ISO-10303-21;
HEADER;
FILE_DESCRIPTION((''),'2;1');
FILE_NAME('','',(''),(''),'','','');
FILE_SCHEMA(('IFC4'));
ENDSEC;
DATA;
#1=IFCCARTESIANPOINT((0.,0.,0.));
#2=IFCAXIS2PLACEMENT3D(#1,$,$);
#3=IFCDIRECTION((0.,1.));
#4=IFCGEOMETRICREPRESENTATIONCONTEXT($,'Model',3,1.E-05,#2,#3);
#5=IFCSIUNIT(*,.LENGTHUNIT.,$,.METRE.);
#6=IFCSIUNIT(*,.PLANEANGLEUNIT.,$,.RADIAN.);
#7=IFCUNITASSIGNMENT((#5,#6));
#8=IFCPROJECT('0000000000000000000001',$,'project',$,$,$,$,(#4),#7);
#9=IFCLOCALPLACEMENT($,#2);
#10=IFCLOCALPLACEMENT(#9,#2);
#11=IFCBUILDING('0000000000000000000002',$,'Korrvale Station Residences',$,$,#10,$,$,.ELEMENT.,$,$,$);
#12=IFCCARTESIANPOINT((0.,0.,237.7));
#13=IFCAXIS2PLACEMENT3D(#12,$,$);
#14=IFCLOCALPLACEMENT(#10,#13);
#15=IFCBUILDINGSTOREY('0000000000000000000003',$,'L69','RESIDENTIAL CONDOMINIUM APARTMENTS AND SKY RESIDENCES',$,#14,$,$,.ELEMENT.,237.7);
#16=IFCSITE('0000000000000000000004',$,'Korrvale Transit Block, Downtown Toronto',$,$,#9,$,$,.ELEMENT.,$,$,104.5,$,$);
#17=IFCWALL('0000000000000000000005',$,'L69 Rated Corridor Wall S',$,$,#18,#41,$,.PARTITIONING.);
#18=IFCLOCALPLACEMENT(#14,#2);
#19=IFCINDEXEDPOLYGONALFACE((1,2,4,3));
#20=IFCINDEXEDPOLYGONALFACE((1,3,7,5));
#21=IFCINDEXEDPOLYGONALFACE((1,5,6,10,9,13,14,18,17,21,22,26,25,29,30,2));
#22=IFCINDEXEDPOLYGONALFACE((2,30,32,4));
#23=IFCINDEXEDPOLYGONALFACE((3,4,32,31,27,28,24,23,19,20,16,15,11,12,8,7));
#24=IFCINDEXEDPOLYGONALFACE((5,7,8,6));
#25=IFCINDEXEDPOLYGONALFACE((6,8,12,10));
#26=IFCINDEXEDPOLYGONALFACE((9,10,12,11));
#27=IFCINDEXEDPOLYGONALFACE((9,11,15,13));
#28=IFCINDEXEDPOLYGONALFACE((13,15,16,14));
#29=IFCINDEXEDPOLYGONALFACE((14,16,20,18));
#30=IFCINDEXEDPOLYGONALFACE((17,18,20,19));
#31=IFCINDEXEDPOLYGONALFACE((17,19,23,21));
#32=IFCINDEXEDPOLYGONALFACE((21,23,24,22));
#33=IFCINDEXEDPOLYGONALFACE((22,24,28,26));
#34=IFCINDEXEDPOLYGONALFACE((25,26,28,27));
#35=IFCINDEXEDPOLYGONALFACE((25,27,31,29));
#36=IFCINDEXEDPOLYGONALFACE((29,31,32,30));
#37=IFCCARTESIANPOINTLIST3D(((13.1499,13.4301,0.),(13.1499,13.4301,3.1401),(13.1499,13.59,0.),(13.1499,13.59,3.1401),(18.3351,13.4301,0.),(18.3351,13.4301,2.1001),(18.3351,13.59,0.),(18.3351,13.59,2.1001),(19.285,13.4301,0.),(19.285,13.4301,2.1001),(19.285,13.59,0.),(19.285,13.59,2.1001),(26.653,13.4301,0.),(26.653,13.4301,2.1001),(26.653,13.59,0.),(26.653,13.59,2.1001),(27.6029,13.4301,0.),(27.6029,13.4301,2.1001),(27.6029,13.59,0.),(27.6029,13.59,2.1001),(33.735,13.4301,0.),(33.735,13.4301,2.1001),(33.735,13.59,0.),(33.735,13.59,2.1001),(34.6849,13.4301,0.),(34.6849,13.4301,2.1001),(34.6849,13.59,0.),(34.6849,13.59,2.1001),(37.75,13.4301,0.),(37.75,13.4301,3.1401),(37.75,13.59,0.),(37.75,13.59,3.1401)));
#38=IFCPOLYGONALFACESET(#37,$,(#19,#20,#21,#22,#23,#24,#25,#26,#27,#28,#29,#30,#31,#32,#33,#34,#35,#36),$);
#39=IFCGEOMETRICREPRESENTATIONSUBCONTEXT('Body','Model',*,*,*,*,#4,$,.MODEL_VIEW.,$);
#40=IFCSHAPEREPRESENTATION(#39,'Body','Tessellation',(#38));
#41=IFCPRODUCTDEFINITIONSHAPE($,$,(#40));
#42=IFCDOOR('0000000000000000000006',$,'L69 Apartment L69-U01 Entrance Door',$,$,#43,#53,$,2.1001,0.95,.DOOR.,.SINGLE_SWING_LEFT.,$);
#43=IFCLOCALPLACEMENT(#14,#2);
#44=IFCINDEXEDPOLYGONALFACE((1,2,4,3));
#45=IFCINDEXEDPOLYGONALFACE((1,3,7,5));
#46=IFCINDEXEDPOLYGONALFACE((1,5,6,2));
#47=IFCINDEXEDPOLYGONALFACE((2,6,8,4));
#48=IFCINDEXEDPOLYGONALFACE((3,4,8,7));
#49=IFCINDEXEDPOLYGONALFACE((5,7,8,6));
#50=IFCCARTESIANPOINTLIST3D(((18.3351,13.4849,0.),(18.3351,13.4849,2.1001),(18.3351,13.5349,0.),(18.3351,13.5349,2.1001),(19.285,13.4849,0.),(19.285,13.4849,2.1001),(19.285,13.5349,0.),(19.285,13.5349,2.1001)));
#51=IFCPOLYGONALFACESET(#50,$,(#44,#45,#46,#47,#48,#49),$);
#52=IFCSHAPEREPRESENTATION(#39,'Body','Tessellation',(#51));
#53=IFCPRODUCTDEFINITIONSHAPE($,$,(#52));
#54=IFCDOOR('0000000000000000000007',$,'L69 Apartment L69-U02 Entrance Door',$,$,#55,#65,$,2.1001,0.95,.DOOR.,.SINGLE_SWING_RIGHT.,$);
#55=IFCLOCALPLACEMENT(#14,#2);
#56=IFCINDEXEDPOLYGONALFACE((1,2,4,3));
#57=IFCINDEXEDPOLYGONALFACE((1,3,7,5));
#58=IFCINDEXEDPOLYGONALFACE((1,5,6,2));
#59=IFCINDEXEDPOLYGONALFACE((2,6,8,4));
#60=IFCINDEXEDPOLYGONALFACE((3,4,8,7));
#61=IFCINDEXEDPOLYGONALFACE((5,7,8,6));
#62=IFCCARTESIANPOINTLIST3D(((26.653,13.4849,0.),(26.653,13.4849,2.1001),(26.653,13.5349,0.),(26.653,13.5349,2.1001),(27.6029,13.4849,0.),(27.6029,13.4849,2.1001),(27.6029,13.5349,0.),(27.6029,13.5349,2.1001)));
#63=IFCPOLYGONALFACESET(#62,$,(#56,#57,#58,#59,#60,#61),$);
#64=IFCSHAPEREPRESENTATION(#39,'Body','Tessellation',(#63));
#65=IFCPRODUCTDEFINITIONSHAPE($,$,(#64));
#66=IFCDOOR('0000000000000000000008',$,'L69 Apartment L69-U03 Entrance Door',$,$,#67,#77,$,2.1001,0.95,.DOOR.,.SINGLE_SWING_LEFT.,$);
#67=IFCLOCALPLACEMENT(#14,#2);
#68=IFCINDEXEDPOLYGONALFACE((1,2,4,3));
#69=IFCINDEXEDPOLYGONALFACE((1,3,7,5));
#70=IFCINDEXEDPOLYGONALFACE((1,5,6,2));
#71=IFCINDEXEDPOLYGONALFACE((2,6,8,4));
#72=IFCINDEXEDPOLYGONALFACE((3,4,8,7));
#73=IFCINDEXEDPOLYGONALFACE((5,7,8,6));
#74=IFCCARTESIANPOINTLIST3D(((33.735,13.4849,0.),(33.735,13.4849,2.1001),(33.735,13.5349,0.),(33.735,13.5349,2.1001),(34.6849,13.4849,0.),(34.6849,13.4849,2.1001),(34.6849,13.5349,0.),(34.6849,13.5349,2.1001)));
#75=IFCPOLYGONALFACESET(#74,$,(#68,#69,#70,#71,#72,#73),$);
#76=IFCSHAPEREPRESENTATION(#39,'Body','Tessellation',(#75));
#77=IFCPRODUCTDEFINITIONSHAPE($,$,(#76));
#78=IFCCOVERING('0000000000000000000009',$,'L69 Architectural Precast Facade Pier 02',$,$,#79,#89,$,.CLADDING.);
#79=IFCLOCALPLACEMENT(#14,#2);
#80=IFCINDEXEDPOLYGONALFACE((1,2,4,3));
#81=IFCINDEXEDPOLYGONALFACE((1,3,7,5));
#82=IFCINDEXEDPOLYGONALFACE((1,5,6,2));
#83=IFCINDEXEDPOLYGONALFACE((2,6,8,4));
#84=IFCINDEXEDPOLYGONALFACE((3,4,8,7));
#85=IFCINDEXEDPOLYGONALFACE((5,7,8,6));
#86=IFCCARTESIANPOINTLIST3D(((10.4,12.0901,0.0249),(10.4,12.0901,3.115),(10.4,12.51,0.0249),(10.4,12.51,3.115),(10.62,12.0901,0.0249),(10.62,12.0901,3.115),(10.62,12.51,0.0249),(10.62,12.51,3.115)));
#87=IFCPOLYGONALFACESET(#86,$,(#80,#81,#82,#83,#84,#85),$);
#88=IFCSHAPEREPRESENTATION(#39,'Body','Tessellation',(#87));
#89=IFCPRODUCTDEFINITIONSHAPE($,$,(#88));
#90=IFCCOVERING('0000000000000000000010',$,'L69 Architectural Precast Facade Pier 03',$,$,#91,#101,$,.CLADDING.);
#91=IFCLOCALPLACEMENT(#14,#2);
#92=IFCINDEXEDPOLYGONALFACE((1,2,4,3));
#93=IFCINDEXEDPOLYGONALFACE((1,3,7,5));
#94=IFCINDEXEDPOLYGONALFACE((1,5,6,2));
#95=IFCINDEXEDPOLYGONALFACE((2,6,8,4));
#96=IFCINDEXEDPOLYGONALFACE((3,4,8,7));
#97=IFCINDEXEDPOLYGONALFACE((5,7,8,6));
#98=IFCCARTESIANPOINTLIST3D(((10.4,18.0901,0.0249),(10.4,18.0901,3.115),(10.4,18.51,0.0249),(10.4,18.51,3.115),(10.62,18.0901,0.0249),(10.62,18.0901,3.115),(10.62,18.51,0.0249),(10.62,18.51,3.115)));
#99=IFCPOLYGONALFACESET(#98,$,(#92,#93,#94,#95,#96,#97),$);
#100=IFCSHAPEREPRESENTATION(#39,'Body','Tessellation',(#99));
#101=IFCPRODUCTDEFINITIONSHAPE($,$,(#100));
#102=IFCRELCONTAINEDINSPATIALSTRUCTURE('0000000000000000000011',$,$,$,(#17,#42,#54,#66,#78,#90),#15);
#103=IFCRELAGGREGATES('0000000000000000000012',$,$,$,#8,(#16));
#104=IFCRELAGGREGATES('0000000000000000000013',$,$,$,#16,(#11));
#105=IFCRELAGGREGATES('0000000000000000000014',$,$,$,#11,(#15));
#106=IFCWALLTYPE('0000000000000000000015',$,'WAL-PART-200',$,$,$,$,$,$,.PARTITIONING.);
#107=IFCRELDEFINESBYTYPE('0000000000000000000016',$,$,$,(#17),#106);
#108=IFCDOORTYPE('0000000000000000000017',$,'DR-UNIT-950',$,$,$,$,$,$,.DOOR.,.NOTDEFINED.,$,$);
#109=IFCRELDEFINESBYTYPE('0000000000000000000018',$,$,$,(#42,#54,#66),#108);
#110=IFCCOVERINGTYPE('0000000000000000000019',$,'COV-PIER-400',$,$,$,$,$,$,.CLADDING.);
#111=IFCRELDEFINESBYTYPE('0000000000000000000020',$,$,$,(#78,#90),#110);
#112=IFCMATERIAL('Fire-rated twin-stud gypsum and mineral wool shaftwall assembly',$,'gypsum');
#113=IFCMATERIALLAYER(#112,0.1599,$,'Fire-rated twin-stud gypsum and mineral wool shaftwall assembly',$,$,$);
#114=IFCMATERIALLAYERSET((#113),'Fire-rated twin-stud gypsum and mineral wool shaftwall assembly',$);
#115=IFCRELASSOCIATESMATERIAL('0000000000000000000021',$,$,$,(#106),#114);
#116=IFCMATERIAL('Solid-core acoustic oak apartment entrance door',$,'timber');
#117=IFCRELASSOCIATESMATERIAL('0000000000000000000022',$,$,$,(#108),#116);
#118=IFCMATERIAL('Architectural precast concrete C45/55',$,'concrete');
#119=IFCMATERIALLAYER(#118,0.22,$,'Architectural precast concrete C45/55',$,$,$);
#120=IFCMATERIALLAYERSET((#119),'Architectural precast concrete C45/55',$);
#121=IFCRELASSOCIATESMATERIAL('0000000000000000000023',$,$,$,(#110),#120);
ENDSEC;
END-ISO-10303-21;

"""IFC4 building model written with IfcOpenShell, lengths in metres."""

from ifc_helpers import new_model, si_unit, direction, frame, frame_2d, origin, origin_2d, place, context, subcontext, project, spatial, rectangle, extrude, material, layer, layer_set, type_object, element, fill, save


model = new_model("IFC4")

# Units and contexts
model_context = context("Model", 3, precision=1e-05, world=origin(), true_north=direction((0.0, 1.0)))
body_context = subcontext(model_context, "Body", "Model", "MODEL_VIEW")
ifc_project = project(units=[si_unit("LENGTHUNIT", "METRE"), si_unit("PLANEANGLEUNIT", "RADIAN")], contexts=[model_context])

# Site, building, storey
site_placement = place(None, origin())
site = spatial("IfcSite", under=ifc_project, at=site_placement, Name="Korrvale Transit Block, Downtown Toronto", CompositionType="ELEMENT", RefElevation=104.5)
building_placement = place(site_placement, origin())
building = spatial("IfcBuilding", under=site, at=building_placement, Name="Korrvale Station Residences", CompositionType="ELEMENT")
storey_placement = place(building_placement, frame((0.0, 0.0, 237.7)))
storey = spatial("IfcBuildingStorey", under=building, at=storey_placement, Name="L69", Description="RESIDENTIAL CONDOMINIUM APARTMENTS AND SKY RESIDENCES", CompositionType="ELEMENT", Elevation=237.7)

# Shared definitions
ifc_material_1 = material(Name="Fire-rated twin-stud gypsum and mineral wool shaftwall assembly", Category="gypsum")
ifc_layer_1 = layer(ifc_material_1, 0.1599, Name="Fire-rated twin-stud gypsum and mineral wool shaftwall assembly")
ifc_layer_set_1 = layer_set([ifc_layer_1], Name="Fire-rated twin-stud gypsum and mineral wool shaftwall assembly")
wall_type_1 = type_object("IfcWallType", Name="WAL-PART-200", PredefinedType="PARTITIONING", material=ifc_layer_set_1)

# Shared definitions
ifc_material_2 = material(Name="Solid-core acoustic oak apartment entrance door", Category="timber")
door_type_1 = type_object("IfcDoorType", Name="DR-UNIT-950", OperationType="NOTDEFINED", PredefinedType="DOOR", material=ifc_material_2)

# Wall, openings, doors
wall_1_placement = place(storey_placement, frame((13.1499, 13.51, 0.0), z_axis=(0.0, 0.0, 1.0), x_axis=(1.0, 0.0, 0.0)))
wall_1 = element("IfcWall", 1, at=wall_1_placement, inside=storey, type_object=wall_type_1, Name="L69 Rated Corridor Wall S", PredefinedType="PARTITIONING", context=body_context, shape_type="SweptSolid", body=[
    extrude(rectangle(XDim=24.6001, YDim=0.1599, at=frame_2d((12.3, 0.0))), origin(), (0.0, 0.0, 1.0), 3.1401),
])
opening_1_placement = place(wall_1_placement, frame((5.1851, 0.0, 0.0)))
opening_1 = element("IfcOpeningElement", 2, at=opening_1_placement, cuts=wall_1, PredefinedType="OPENING", context=body_context, shape_type="SweptSolid", body=[
    extrude(rectangle(XDim=0.95, YDim=2.1001, at=frame_2d((0.4751, 1.05))), frame((0.0, 0.0898, 0.0), z_axis=(0.0, -1.0, 0.0), x_axis=(1.0, 0.0, 0.0)), (0.0, 0.0, 1.0), 0.1799),
])
opening_2_placement = place(wall_1_placement, frame((13.5029, 0.0, 0.0)))
opening_2 = element("IfcOpeningElement", 3, at=opening_2_placement, cuts=wall_1, PredefinedType="OPENING", context=body_context, shape_type="SweptSolid", body=[
    extrude(rectangle(XDim=0.95, YDim=2.1001, at=frame_2d((0.4751, 1.05))), frame((0.0, 0.0898, 0.0), z_axis=(0.0, -1.0, 0.0), x_axis=(1.0, 0.0, 0.0)), (0.0, 0.0, 1.0), 0.1799),
])
opening_3_placement = place(wall_1_placement, frame((20.585, 0.0, 0.0)))
opening_3 = element("IfcOpeningElement", 4, at=opening_3_placement, cuts=wall_1, PredefinedType="OPENING", context=body_context, shape_type="SweptSolid", body=[
    extrude(rectangle(XDim=0.95, YDim=2.1001, at=frame_2d((0.4751, 1.05))), frame((0.0, 0.0898, 0.0), z_axis=(0.0, -1.0, 0.0), x_axis=(1.0, 0.0, 0.0)), (0.0, 0.0, 1.0), 0.1799),
])
door_1_placement = place(opening_1_placement, origin())
door_1 = element("IfcDoor", 5, at=door_1_placement, inside=storey, type_object=door_type_1, Name="L69 Apartment L69-U01 Entrance Door", OperationType="SINGLE_SWING_LEFT", OverallHeight=2.1001, OverallWidth=0.95, PredefinedType="DOOR", context=body_context, shape_type="SweptSolid", body=[
    extrude(rectangle(XDim=0.95, YDim=2.1001, at=frame_2d((0.4751, 1.05))), frame((0.0, 0.0249, 0.0), z_axis=(0.0, -1.0, 0.0), x_axis=(1.0, 0.0, 0.0)), (0.0, 0.0, 1.0), 0.05),
])
fill(opening_1, door_1)
door_2_placement = place(opening_2_placement, origin())
door_2 = element("IfcDoor", 6, at=door_2_placement, inside=storey, type_object=door_type_1, Name="L69 Apartment L69-U02 Entrance Door", OperationType="SINGLE_SWING_RIGHT", OverallHeight=2.1001, OverallWidth=0.95, PredefinedType="DOOR", context=body_context, shape_type="SweptSolid", body=[
    extrude(rectangle(XDim=0.95, YDim=2.1001, at=frame_2d((0.4751, 1.05))), frame((0.0, 0.0249, 0.0), z_axis=(0.0, -1.0, 0.0), x_axis=(1.0, 0.0, 0.0)), (0.0, 0.0, 1.0), 0.05),
])
fill(opening_2, door_2)
door_3_placement = place(opening_3_placement, origin())
door_3 = element("IfcDoor", 7, at=door_3_placement, inside=storey, type_object=door_type_1, Name="L69 Apartment L69-U03 Entrance Door", OperationType="SINGLE_SWING_LEFT", OverallHeight=2.1001, OverallWidth=0.95, PredefinedType="DOOR", context=body_context, shape_type="SweptSolid", body=[
    extrude(rectangle(XDim=0.95, YDim=2.1001, at=frame_2d((0.4751, 1.05))), frame((0.0, 0.0249, 0.0), z_axis=(0.0, -1.0, 0.0), x_axis=(1.0, 0.0, 0.0)), (0.0, 0.0, 1.0), 0.05),
])
fill(opening_3, door_3)

# Coverings
ifc_material_3 = material(Name="Architectural precast concrete C45/55", Category="concrete")
ifc_layer_2 = layer(ifc_material_3, 0.22, Name="Architectural precast concrete C45/55")
ifc_layer_set_2 = layer_set([ifc_layer_2], Name="Architectural precast concrete C45/55")
covering_type = type_object("IfcCoveringType", Name="COV-PIER-400", PredefinedType="CLADDING", material=ifc_layer_set_2)
for number, where, z_axis, x_axis, name in (
    (8, (10.51, 12.3, 0.0249), (0.0, 0.0, 1.0), (0.0, 1.0, 0.0), "L69 Architectural Precast Facade Pier 02"),
    (9, (10.51, 18.3, 0.0249), (0.0, 0.0, 1.0), (0.0, 1.0, 0.0), "L69 Architectural Precast Facade Pier 03"),
):
    element("IfcCovering", number, at=place(storey_placement, frame(where, z_axis=z_axis, x_axis=x_axis)), inside=storey, type_object=covering_type, Name=name, PredefinedType="CLADDING", context=body_context, shape_type="SweptSolid", body=[
        extrude(rectangle(XDim=0.4199, YDim=0.22, at=origin_2d()), origin(), (0.0, 0.0, 1.0), 3.0901),
    ])

save(model, "model.ifc")
